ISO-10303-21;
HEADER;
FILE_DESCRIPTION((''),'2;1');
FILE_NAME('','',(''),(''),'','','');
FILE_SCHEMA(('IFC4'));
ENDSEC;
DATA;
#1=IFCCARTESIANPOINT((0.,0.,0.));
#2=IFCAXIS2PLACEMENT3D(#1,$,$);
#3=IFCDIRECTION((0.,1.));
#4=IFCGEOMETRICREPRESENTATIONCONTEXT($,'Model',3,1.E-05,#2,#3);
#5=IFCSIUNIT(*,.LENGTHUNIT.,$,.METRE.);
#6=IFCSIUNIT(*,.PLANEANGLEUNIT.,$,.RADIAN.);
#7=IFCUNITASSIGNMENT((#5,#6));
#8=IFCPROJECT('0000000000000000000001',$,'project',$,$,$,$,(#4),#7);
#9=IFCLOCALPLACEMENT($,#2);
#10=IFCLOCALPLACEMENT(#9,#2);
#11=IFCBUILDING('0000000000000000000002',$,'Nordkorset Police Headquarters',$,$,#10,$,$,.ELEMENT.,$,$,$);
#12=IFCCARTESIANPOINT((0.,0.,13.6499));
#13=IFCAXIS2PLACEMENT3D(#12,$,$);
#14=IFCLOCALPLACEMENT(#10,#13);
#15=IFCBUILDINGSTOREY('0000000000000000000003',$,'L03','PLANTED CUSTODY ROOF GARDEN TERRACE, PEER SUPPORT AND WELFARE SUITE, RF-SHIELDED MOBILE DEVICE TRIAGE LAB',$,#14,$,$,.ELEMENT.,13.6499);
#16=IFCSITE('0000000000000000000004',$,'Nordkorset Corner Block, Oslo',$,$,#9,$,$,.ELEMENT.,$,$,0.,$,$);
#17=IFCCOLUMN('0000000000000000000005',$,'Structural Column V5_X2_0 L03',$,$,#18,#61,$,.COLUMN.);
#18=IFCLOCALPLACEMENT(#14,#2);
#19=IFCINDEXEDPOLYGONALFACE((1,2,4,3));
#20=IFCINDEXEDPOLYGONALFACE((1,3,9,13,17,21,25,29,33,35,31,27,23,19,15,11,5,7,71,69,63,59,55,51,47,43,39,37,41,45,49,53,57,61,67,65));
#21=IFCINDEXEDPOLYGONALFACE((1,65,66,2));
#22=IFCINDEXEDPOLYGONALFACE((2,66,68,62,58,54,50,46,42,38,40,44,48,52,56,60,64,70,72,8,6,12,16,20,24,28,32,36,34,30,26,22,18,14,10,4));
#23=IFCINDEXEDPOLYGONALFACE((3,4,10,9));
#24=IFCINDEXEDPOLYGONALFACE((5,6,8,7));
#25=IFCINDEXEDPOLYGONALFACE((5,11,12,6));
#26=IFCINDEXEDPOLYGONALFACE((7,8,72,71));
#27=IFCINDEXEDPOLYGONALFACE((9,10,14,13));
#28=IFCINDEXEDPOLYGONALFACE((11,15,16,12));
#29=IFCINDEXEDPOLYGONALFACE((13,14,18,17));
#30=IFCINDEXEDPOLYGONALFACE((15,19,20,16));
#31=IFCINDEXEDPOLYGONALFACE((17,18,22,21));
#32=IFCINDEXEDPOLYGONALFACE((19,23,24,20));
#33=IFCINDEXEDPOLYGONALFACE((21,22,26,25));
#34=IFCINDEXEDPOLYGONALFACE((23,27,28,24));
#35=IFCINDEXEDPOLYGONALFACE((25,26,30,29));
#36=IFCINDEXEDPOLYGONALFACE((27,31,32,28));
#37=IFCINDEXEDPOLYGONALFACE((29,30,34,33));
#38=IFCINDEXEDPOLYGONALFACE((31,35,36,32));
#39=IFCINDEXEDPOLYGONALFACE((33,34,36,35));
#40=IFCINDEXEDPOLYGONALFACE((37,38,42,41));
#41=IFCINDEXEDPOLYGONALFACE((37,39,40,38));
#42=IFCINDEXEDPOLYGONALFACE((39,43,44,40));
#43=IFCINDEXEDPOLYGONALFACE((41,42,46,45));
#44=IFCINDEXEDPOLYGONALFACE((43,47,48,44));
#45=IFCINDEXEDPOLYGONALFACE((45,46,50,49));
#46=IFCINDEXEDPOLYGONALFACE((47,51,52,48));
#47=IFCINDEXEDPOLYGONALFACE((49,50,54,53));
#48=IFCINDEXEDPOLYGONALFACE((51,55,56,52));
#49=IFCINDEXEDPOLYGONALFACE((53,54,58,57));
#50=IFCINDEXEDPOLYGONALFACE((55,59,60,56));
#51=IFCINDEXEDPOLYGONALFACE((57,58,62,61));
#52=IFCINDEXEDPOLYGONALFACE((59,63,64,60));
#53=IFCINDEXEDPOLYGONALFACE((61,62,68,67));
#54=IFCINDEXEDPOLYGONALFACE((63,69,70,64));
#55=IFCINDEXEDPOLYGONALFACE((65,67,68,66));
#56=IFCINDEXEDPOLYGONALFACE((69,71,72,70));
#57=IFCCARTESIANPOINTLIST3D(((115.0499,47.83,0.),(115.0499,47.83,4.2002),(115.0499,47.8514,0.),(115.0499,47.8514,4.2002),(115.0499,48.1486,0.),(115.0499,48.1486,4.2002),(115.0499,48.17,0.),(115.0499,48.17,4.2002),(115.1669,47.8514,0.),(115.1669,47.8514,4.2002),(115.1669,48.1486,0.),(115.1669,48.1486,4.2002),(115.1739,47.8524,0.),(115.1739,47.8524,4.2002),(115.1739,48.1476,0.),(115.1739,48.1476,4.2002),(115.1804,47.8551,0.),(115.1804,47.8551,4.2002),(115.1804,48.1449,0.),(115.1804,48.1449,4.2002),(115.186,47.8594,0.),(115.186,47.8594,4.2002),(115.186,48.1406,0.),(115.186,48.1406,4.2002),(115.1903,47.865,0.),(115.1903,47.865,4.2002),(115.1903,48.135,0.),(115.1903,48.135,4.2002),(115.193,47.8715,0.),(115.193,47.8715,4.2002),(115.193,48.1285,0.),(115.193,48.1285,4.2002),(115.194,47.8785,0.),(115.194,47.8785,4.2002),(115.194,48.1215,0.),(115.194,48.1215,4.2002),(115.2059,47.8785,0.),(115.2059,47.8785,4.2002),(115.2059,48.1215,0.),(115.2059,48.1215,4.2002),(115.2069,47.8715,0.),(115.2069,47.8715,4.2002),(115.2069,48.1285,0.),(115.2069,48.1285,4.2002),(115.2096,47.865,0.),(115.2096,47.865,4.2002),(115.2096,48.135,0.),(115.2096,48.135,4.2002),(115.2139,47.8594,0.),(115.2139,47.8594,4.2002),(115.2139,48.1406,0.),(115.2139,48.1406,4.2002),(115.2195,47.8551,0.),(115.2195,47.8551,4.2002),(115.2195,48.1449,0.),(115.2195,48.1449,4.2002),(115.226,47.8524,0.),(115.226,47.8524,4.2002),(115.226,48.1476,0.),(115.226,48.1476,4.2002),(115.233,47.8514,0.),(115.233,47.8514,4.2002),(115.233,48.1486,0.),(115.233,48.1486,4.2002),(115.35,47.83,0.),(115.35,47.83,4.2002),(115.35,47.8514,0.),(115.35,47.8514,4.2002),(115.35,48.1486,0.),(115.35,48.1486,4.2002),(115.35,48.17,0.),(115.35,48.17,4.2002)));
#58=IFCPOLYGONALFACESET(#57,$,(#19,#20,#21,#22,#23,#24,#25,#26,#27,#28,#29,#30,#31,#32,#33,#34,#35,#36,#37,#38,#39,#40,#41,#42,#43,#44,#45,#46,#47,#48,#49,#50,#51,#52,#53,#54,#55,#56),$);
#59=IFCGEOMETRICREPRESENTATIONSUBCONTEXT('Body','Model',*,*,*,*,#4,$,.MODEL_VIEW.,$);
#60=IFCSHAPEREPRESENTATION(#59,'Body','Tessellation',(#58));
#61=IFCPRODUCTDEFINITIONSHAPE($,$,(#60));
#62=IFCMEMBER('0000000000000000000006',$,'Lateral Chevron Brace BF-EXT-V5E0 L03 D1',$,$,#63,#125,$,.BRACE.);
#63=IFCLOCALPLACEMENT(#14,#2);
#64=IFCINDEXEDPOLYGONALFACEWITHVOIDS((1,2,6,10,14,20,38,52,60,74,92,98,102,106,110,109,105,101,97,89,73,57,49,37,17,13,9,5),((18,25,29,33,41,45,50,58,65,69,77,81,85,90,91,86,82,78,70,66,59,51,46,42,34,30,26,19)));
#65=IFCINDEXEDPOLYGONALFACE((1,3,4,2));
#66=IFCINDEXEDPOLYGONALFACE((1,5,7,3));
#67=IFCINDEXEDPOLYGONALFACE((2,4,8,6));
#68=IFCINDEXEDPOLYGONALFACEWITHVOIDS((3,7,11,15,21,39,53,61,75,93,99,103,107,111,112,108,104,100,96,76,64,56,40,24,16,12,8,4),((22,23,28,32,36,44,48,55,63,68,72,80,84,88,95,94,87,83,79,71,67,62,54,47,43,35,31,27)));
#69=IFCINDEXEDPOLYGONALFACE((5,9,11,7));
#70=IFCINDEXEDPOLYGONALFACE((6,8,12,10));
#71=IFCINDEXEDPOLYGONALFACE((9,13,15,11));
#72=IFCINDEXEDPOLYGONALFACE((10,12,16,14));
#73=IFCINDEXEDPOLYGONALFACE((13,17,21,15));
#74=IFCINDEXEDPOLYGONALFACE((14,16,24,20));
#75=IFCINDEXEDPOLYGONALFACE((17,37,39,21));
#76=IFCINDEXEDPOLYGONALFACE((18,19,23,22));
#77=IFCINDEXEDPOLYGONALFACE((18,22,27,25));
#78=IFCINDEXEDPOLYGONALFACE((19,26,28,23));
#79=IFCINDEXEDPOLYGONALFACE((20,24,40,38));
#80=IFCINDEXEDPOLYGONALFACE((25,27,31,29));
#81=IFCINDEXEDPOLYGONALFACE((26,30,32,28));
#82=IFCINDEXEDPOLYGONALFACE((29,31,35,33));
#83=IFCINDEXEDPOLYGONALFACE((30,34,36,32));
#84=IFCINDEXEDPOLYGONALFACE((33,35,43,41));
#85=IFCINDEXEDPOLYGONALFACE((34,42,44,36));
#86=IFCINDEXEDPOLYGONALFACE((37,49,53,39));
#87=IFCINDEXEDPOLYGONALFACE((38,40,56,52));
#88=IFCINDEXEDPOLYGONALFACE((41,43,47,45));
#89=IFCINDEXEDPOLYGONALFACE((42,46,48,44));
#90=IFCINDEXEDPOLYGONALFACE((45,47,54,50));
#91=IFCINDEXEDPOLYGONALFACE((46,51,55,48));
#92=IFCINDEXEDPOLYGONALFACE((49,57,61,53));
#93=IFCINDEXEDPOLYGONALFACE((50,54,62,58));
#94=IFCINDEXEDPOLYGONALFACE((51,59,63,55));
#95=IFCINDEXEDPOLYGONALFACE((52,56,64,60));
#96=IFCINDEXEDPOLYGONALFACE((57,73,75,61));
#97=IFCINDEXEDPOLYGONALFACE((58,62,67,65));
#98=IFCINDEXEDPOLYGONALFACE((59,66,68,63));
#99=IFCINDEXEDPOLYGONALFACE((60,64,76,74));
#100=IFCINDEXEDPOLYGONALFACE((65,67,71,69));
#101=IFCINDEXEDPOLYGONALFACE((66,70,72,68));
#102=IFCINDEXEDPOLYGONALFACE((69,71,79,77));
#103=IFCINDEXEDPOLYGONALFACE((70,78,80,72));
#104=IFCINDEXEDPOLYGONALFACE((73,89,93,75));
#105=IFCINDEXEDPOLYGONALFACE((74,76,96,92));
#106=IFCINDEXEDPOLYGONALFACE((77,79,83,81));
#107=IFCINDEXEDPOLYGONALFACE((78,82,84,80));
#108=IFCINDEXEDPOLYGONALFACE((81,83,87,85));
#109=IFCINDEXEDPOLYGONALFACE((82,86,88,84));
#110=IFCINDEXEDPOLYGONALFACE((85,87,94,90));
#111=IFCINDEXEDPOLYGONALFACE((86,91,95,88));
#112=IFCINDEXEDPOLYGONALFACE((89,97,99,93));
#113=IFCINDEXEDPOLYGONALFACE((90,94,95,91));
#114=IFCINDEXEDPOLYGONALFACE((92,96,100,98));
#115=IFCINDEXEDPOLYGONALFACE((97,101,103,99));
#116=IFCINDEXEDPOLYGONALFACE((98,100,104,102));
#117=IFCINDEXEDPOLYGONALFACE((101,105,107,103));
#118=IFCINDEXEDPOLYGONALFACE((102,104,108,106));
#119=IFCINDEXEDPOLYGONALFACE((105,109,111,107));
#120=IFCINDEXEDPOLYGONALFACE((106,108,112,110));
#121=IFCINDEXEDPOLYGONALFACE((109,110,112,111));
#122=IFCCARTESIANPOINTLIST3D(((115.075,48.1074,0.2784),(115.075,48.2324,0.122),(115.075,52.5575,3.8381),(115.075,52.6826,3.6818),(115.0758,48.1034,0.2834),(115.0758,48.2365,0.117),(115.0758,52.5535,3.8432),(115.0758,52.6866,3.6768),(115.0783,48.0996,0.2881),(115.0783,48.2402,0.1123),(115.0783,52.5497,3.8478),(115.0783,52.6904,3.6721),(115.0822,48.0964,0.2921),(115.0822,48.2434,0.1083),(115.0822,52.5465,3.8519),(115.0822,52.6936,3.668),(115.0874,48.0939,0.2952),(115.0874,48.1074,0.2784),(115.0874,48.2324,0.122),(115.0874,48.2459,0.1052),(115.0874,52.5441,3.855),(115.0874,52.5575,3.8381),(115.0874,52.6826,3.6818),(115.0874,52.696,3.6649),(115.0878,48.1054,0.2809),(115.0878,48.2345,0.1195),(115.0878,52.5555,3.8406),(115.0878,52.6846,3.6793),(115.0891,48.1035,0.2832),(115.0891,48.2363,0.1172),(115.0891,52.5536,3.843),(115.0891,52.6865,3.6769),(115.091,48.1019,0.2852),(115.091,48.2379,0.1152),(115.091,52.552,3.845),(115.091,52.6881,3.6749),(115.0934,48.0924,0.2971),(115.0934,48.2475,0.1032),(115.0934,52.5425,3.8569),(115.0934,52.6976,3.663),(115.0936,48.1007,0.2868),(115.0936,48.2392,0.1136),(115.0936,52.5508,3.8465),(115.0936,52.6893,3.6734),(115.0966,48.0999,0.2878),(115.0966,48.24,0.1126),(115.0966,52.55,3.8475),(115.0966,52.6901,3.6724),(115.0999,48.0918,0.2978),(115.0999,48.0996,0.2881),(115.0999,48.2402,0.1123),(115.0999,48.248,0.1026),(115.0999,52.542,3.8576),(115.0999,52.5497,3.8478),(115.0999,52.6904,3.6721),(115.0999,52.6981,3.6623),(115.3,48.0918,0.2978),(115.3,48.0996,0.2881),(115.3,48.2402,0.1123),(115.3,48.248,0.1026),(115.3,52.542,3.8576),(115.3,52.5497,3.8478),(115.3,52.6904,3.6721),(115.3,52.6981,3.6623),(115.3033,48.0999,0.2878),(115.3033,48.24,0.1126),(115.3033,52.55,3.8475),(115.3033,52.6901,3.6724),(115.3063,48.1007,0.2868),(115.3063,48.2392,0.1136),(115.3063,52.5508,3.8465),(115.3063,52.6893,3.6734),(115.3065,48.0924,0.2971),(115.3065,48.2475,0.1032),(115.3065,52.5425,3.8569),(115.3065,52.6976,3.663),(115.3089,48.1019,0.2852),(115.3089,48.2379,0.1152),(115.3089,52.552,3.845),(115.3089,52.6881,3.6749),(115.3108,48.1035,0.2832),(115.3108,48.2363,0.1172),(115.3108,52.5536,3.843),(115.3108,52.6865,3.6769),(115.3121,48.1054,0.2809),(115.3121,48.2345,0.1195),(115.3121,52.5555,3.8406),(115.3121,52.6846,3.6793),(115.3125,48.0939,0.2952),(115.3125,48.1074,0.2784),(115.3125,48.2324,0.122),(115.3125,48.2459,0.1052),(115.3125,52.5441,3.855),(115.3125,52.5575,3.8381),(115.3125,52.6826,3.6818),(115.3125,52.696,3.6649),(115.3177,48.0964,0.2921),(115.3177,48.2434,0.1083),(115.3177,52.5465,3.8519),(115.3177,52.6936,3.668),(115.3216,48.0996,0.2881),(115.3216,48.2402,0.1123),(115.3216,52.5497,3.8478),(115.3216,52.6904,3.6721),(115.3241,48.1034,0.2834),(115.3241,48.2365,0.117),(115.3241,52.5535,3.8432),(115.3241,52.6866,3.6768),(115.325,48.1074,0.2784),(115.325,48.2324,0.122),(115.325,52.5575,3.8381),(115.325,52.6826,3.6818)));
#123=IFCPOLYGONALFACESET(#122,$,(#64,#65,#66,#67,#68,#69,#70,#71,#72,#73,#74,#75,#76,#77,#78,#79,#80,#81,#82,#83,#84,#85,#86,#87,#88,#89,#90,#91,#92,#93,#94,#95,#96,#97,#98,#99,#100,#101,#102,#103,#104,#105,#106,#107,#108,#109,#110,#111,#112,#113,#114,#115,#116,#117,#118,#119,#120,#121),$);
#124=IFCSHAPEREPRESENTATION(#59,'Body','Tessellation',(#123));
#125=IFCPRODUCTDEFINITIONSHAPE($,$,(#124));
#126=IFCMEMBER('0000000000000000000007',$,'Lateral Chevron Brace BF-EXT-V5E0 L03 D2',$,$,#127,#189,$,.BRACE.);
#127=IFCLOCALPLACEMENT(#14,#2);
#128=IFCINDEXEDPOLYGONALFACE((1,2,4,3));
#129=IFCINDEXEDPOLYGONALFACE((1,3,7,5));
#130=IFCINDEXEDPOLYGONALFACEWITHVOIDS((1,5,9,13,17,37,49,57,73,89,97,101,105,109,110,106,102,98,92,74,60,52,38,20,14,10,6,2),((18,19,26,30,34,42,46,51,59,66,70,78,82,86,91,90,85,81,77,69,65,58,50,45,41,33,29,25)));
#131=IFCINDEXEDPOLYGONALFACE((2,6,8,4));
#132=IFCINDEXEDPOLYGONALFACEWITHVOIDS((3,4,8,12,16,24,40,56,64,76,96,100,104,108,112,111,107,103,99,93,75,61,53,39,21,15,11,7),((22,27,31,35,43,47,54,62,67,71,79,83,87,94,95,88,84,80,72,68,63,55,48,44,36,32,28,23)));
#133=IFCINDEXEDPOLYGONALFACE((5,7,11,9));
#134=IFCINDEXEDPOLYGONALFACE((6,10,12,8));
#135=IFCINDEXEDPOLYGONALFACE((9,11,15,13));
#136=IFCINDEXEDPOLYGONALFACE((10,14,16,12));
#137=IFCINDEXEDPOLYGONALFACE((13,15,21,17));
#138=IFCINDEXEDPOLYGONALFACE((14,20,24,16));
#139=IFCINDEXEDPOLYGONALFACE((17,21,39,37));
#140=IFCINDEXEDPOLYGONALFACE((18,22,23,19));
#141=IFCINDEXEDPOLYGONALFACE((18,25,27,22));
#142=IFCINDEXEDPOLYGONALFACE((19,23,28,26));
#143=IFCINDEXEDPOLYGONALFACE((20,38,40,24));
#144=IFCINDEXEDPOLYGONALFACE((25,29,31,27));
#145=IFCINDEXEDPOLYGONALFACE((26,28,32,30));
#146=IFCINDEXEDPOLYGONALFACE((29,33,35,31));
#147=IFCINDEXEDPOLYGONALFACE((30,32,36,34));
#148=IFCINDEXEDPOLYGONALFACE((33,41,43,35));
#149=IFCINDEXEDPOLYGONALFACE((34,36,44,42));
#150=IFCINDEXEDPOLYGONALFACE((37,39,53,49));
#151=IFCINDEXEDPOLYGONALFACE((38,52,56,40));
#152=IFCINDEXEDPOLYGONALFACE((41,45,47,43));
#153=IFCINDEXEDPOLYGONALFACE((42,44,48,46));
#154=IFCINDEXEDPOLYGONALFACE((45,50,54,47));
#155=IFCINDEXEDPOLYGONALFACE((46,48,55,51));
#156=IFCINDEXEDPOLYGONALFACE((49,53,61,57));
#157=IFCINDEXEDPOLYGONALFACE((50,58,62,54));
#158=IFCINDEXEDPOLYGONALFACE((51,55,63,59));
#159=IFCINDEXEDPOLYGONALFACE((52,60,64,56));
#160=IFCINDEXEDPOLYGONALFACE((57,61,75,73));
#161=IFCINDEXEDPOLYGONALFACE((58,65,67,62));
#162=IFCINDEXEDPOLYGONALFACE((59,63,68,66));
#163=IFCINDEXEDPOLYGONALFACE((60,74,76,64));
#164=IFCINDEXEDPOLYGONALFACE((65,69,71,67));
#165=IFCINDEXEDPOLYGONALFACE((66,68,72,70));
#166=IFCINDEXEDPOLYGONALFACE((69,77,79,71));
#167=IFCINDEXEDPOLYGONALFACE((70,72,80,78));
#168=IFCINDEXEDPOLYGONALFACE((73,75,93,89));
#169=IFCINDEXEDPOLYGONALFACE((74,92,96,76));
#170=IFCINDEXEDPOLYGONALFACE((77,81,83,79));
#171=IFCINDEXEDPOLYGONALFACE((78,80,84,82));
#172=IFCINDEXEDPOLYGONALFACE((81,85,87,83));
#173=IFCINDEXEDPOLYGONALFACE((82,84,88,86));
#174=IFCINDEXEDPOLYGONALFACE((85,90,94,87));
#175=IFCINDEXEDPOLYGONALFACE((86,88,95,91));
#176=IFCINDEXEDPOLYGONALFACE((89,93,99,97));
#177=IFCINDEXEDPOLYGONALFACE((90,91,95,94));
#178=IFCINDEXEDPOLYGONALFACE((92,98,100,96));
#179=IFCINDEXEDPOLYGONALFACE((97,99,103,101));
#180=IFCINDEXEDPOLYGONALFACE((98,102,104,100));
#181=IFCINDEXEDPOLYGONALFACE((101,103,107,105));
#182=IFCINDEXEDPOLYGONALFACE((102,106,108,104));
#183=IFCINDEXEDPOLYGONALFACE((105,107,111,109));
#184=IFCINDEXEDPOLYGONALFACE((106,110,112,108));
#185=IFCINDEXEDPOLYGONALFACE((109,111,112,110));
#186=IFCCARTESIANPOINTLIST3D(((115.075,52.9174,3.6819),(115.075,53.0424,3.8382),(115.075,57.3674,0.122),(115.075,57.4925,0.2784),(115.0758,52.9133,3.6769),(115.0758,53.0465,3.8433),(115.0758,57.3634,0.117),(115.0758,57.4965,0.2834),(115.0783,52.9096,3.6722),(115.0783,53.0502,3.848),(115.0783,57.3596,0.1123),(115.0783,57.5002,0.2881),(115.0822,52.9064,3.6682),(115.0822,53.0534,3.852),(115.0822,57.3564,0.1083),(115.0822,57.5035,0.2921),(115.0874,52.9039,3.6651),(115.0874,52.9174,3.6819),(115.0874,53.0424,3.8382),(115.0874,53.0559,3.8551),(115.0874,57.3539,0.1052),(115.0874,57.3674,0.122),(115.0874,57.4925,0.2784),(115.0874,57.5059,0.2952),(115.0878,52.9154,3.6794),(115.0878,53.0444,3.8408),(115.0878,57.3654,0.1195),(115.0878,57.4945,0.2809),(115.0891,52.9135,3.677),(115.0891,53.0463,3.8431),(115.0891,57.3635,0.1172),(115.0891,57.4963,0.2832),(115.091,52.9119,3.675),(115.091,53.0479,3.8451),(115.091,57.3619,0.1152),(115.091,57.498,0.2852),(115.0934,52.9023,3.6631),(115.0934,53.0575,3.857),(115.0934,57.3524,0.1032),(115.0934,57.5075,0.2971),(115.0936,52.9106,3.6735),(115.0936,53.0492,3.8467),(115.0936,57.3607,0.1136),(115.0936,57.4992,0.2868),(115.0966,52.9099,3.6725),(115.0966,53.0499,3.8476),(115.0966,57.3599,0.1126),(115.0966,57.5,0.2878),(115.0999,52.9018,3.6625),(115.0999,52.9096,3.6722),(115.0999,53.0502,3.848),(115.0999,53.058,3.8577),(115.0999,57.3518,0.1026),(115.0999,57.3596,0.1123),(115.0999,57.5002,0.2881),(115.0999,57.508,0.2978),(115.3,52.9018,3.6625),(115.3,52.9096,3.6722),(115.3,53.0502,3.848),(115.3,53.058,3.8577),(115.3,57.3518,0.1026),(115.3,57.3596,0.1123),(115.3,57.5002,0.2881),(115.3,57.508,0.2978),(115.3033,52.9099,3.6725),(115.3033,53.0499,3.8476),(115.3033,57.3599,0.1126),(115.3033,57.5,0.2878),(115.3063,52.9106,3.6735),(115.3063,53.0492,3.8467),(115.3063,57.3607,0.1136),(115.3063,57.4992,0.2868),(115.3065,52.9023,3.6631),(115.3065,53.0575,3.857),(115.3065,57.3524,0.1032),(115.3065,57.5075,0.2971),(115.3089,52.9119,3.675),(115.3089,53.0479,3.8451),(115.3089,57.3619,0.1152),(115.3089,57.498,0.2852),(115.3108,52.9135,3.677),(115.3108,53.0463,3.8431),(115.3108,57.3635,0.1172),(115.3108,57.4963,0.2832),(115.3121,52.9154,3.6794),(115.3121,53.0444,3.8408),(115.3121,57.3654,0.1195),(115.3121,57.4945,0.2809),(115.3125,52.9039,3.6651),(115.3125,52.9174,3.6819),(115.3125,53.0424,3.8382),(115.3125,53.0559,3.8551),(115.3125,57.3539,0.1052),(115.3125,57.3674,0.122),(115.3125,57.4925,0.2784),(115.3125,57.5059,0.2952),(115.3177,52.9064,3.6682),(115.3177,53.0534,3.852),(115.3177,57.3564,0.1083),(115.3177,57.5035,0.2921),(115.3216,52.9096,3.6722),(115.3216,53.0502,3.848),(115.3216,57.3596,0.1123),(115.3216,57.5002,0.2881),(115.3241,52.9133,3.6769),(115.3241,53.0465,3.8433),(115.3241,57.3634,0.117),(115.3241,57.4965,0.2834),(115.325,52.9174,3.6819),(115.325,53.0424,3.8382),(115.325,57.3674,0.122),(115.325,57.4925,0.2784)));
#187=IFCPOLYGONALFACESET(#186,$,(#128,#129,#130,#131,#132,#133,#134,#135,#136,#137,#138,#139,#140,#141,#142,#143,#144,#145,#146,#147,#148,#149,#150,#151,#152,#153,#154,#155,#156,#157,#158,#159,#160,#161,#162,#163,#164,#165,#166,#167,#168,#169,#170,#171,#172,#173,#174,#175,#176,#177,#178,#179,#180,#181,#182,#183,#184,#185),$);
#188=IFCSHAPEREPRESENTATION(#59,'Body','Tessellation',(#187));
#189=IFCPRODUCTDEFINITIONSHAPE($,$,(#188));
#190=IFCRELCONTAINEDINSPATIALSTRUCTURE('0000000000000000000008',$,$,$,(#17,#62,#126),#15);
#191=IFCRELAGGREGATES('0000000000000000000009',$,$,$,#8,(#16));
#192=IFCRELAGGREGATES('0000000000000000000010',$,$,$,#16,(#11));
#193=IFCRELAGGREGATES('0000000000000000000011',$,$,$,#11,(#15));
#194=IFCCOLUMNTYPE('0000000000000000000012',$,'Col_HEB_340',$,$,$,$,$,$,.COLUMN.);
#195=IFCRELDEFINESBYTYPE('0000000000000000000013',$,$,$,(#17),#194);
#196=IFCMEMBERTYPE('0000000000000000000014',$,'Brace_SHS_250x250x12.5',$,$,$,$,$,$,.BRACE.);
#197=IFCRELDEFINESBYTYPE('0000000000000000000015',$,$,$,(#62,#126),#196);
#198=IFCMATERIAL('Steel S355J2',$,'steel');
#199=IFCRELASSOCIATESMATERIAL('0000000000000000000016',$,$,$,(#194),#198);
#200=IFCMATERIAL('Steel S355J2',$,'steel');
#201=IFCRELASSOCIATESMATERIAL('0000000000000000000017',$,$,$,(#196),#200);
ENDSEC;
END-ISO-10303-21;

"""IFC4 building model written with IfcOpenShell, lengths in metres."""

from ifc_helpers import new_model, si_unit, direction, frame, origin, origin_2d, place, context, subcontext, project, spatial, hollow_rectangle, i_section, extrude, material, material_profile, profile_set, type_object, element, save


model = new_model("IFC4")

# Units and contexts
model_context = context("Model", 3, precision=1e-05, world=origin(), true_north=direction((0.0, 1.0)))
body_context = subcontext(model_context, "Body", "Model", "MODEL_VIEW")
ifc_project = project(units=[si_unit("LENGTHUNIT", "METRE"), si_unit("PLANEANGLEUNIT", "RADIAN")], contexts=[model_context])

# Site, building, storey
site_placement = place(None, origin())
site = spatial("IfcSite", under=ifc_project, at=site_placement, Name="Nordkorset Corner Block, Oslo", CompositionType="ELEMENT", RefElevation=0.0)
building_placement = place(site_placement, origin())
building = spatial("IfcBuilding", under=site, at=building_placement, Name="Nordkorset Police Headquarters", CompositionType="ELEMENT")
storey_placement = place(building_placement, frame((0.0, 0.0, 13.6499)))
storey = spatial("IfcBuildingStorey", under=building, at=storey_placement, Name="L03", Description="PLANTED CUSTODY ROOF GARDEN TERRACE, PEER SUPPORT AND WELFARE SUITE, RF-SHIELDED MOBILE DEVICE TRIAGE LAB", CompositionType="ELEMENT", Elevation=13.6499)

# Column
ifc_material_1 = material(Name="Steel S355J2", Category="steel")
ifc_material_profile_1 = material_profile(ifc_material_1, i_section(OverallWidth=0.3, OverallDepth=0.3401, WebThickness=0.012, FlangeThickness=0.0215, FilletRadius=0.0271, at=origin_2d()), Name="HEB 340")
ifc_profile_set_1 = profile_set([ifc_material_profile_1], Name="Steel S355J2")
column_type = type_object("IfcColumnType", Name="Col_HEB_340", PredefinedType="COLUMN", material=ifc_profile_set_1)
column_placement = place(storey_placement, frame((115.2, 48.0, 0.0), z_axis=(0.0, 0.0, 1.0), x_axis=(1.0, 0.0, 0.0)))
element("IfcColumn", 1, at=column_placement, inside=storey, type_object=column_type, Name="Structural Column V5_X2_0 L03", PredefinedType="COLUMN", context=body_context, shape_type="SweptSolid", body=[
    extrude(i_section(OverallWidth=0.3, OverallDepth=0.3401, WebThickness=0.012, FlangeThickness=0.0215, FilletRadius=0.0271, at=origin_2d()), origin(), (0.0, 0.0, 1.0), 4.2002),
])

# Members
ifc_material_2 = material(Name="Steel S355J2", Category="steel")
ifc_material_profile_2 = material_profile(ifc_material_2, hollow_rectangle(XDim=0.25, YDim=0.25, WallThickness=0.0125, InnerFilletRadius=0.0125, OuterFilletRadius=0.0249, at=origin_2d()), Name="SHS 250x250x12.5")
ifc_profile_set_2 = profile_set([ifc_material_profile_2], Name="Steel S355J2")
member_type = type_object("IfcMemberType", Name="Brace_SHS_250x250x12.5", PredefinedType="BRACE", material=ifc_profile_set_2)
for number, where, z_axis, x_axis, name in (
    (2, (115.2, 48.1699, 0.2002), (0.0, 0.780898, 0.624658), (-1.0, 0.0, 0.0), "Lateral Chevron Brace BF-EXT-V5E0 L03 D1"),
    (3, (115.2, 57.4299, 0.2002), (0.0, -0.780881, 0.624679), (1.0, 0.0, 0.0), "Lateral Chevron Brace BF-EXT-V5E0 L03 D2"),
):
    element("IfcMember", number, at=place(storey_placement, frame(where, z_axis=z_axis, x_axis=x_axis)), inside=storey, type_object=member_type, Name=name, PredefinedType="BRACE", context=body_context, shape_type="SweptSolid", body=[
        extrude(hollow_rectangle(XDim=0.25, YDim=0.25, WallThickness=0.0125, InnerFilletRadius=0.0125, OuterFilletRadius=0.0249, at=origin_2d()), origin(), (0.0, 0.0, 1.0), 5.6987),
    ])

save(model, "model.ifc")
